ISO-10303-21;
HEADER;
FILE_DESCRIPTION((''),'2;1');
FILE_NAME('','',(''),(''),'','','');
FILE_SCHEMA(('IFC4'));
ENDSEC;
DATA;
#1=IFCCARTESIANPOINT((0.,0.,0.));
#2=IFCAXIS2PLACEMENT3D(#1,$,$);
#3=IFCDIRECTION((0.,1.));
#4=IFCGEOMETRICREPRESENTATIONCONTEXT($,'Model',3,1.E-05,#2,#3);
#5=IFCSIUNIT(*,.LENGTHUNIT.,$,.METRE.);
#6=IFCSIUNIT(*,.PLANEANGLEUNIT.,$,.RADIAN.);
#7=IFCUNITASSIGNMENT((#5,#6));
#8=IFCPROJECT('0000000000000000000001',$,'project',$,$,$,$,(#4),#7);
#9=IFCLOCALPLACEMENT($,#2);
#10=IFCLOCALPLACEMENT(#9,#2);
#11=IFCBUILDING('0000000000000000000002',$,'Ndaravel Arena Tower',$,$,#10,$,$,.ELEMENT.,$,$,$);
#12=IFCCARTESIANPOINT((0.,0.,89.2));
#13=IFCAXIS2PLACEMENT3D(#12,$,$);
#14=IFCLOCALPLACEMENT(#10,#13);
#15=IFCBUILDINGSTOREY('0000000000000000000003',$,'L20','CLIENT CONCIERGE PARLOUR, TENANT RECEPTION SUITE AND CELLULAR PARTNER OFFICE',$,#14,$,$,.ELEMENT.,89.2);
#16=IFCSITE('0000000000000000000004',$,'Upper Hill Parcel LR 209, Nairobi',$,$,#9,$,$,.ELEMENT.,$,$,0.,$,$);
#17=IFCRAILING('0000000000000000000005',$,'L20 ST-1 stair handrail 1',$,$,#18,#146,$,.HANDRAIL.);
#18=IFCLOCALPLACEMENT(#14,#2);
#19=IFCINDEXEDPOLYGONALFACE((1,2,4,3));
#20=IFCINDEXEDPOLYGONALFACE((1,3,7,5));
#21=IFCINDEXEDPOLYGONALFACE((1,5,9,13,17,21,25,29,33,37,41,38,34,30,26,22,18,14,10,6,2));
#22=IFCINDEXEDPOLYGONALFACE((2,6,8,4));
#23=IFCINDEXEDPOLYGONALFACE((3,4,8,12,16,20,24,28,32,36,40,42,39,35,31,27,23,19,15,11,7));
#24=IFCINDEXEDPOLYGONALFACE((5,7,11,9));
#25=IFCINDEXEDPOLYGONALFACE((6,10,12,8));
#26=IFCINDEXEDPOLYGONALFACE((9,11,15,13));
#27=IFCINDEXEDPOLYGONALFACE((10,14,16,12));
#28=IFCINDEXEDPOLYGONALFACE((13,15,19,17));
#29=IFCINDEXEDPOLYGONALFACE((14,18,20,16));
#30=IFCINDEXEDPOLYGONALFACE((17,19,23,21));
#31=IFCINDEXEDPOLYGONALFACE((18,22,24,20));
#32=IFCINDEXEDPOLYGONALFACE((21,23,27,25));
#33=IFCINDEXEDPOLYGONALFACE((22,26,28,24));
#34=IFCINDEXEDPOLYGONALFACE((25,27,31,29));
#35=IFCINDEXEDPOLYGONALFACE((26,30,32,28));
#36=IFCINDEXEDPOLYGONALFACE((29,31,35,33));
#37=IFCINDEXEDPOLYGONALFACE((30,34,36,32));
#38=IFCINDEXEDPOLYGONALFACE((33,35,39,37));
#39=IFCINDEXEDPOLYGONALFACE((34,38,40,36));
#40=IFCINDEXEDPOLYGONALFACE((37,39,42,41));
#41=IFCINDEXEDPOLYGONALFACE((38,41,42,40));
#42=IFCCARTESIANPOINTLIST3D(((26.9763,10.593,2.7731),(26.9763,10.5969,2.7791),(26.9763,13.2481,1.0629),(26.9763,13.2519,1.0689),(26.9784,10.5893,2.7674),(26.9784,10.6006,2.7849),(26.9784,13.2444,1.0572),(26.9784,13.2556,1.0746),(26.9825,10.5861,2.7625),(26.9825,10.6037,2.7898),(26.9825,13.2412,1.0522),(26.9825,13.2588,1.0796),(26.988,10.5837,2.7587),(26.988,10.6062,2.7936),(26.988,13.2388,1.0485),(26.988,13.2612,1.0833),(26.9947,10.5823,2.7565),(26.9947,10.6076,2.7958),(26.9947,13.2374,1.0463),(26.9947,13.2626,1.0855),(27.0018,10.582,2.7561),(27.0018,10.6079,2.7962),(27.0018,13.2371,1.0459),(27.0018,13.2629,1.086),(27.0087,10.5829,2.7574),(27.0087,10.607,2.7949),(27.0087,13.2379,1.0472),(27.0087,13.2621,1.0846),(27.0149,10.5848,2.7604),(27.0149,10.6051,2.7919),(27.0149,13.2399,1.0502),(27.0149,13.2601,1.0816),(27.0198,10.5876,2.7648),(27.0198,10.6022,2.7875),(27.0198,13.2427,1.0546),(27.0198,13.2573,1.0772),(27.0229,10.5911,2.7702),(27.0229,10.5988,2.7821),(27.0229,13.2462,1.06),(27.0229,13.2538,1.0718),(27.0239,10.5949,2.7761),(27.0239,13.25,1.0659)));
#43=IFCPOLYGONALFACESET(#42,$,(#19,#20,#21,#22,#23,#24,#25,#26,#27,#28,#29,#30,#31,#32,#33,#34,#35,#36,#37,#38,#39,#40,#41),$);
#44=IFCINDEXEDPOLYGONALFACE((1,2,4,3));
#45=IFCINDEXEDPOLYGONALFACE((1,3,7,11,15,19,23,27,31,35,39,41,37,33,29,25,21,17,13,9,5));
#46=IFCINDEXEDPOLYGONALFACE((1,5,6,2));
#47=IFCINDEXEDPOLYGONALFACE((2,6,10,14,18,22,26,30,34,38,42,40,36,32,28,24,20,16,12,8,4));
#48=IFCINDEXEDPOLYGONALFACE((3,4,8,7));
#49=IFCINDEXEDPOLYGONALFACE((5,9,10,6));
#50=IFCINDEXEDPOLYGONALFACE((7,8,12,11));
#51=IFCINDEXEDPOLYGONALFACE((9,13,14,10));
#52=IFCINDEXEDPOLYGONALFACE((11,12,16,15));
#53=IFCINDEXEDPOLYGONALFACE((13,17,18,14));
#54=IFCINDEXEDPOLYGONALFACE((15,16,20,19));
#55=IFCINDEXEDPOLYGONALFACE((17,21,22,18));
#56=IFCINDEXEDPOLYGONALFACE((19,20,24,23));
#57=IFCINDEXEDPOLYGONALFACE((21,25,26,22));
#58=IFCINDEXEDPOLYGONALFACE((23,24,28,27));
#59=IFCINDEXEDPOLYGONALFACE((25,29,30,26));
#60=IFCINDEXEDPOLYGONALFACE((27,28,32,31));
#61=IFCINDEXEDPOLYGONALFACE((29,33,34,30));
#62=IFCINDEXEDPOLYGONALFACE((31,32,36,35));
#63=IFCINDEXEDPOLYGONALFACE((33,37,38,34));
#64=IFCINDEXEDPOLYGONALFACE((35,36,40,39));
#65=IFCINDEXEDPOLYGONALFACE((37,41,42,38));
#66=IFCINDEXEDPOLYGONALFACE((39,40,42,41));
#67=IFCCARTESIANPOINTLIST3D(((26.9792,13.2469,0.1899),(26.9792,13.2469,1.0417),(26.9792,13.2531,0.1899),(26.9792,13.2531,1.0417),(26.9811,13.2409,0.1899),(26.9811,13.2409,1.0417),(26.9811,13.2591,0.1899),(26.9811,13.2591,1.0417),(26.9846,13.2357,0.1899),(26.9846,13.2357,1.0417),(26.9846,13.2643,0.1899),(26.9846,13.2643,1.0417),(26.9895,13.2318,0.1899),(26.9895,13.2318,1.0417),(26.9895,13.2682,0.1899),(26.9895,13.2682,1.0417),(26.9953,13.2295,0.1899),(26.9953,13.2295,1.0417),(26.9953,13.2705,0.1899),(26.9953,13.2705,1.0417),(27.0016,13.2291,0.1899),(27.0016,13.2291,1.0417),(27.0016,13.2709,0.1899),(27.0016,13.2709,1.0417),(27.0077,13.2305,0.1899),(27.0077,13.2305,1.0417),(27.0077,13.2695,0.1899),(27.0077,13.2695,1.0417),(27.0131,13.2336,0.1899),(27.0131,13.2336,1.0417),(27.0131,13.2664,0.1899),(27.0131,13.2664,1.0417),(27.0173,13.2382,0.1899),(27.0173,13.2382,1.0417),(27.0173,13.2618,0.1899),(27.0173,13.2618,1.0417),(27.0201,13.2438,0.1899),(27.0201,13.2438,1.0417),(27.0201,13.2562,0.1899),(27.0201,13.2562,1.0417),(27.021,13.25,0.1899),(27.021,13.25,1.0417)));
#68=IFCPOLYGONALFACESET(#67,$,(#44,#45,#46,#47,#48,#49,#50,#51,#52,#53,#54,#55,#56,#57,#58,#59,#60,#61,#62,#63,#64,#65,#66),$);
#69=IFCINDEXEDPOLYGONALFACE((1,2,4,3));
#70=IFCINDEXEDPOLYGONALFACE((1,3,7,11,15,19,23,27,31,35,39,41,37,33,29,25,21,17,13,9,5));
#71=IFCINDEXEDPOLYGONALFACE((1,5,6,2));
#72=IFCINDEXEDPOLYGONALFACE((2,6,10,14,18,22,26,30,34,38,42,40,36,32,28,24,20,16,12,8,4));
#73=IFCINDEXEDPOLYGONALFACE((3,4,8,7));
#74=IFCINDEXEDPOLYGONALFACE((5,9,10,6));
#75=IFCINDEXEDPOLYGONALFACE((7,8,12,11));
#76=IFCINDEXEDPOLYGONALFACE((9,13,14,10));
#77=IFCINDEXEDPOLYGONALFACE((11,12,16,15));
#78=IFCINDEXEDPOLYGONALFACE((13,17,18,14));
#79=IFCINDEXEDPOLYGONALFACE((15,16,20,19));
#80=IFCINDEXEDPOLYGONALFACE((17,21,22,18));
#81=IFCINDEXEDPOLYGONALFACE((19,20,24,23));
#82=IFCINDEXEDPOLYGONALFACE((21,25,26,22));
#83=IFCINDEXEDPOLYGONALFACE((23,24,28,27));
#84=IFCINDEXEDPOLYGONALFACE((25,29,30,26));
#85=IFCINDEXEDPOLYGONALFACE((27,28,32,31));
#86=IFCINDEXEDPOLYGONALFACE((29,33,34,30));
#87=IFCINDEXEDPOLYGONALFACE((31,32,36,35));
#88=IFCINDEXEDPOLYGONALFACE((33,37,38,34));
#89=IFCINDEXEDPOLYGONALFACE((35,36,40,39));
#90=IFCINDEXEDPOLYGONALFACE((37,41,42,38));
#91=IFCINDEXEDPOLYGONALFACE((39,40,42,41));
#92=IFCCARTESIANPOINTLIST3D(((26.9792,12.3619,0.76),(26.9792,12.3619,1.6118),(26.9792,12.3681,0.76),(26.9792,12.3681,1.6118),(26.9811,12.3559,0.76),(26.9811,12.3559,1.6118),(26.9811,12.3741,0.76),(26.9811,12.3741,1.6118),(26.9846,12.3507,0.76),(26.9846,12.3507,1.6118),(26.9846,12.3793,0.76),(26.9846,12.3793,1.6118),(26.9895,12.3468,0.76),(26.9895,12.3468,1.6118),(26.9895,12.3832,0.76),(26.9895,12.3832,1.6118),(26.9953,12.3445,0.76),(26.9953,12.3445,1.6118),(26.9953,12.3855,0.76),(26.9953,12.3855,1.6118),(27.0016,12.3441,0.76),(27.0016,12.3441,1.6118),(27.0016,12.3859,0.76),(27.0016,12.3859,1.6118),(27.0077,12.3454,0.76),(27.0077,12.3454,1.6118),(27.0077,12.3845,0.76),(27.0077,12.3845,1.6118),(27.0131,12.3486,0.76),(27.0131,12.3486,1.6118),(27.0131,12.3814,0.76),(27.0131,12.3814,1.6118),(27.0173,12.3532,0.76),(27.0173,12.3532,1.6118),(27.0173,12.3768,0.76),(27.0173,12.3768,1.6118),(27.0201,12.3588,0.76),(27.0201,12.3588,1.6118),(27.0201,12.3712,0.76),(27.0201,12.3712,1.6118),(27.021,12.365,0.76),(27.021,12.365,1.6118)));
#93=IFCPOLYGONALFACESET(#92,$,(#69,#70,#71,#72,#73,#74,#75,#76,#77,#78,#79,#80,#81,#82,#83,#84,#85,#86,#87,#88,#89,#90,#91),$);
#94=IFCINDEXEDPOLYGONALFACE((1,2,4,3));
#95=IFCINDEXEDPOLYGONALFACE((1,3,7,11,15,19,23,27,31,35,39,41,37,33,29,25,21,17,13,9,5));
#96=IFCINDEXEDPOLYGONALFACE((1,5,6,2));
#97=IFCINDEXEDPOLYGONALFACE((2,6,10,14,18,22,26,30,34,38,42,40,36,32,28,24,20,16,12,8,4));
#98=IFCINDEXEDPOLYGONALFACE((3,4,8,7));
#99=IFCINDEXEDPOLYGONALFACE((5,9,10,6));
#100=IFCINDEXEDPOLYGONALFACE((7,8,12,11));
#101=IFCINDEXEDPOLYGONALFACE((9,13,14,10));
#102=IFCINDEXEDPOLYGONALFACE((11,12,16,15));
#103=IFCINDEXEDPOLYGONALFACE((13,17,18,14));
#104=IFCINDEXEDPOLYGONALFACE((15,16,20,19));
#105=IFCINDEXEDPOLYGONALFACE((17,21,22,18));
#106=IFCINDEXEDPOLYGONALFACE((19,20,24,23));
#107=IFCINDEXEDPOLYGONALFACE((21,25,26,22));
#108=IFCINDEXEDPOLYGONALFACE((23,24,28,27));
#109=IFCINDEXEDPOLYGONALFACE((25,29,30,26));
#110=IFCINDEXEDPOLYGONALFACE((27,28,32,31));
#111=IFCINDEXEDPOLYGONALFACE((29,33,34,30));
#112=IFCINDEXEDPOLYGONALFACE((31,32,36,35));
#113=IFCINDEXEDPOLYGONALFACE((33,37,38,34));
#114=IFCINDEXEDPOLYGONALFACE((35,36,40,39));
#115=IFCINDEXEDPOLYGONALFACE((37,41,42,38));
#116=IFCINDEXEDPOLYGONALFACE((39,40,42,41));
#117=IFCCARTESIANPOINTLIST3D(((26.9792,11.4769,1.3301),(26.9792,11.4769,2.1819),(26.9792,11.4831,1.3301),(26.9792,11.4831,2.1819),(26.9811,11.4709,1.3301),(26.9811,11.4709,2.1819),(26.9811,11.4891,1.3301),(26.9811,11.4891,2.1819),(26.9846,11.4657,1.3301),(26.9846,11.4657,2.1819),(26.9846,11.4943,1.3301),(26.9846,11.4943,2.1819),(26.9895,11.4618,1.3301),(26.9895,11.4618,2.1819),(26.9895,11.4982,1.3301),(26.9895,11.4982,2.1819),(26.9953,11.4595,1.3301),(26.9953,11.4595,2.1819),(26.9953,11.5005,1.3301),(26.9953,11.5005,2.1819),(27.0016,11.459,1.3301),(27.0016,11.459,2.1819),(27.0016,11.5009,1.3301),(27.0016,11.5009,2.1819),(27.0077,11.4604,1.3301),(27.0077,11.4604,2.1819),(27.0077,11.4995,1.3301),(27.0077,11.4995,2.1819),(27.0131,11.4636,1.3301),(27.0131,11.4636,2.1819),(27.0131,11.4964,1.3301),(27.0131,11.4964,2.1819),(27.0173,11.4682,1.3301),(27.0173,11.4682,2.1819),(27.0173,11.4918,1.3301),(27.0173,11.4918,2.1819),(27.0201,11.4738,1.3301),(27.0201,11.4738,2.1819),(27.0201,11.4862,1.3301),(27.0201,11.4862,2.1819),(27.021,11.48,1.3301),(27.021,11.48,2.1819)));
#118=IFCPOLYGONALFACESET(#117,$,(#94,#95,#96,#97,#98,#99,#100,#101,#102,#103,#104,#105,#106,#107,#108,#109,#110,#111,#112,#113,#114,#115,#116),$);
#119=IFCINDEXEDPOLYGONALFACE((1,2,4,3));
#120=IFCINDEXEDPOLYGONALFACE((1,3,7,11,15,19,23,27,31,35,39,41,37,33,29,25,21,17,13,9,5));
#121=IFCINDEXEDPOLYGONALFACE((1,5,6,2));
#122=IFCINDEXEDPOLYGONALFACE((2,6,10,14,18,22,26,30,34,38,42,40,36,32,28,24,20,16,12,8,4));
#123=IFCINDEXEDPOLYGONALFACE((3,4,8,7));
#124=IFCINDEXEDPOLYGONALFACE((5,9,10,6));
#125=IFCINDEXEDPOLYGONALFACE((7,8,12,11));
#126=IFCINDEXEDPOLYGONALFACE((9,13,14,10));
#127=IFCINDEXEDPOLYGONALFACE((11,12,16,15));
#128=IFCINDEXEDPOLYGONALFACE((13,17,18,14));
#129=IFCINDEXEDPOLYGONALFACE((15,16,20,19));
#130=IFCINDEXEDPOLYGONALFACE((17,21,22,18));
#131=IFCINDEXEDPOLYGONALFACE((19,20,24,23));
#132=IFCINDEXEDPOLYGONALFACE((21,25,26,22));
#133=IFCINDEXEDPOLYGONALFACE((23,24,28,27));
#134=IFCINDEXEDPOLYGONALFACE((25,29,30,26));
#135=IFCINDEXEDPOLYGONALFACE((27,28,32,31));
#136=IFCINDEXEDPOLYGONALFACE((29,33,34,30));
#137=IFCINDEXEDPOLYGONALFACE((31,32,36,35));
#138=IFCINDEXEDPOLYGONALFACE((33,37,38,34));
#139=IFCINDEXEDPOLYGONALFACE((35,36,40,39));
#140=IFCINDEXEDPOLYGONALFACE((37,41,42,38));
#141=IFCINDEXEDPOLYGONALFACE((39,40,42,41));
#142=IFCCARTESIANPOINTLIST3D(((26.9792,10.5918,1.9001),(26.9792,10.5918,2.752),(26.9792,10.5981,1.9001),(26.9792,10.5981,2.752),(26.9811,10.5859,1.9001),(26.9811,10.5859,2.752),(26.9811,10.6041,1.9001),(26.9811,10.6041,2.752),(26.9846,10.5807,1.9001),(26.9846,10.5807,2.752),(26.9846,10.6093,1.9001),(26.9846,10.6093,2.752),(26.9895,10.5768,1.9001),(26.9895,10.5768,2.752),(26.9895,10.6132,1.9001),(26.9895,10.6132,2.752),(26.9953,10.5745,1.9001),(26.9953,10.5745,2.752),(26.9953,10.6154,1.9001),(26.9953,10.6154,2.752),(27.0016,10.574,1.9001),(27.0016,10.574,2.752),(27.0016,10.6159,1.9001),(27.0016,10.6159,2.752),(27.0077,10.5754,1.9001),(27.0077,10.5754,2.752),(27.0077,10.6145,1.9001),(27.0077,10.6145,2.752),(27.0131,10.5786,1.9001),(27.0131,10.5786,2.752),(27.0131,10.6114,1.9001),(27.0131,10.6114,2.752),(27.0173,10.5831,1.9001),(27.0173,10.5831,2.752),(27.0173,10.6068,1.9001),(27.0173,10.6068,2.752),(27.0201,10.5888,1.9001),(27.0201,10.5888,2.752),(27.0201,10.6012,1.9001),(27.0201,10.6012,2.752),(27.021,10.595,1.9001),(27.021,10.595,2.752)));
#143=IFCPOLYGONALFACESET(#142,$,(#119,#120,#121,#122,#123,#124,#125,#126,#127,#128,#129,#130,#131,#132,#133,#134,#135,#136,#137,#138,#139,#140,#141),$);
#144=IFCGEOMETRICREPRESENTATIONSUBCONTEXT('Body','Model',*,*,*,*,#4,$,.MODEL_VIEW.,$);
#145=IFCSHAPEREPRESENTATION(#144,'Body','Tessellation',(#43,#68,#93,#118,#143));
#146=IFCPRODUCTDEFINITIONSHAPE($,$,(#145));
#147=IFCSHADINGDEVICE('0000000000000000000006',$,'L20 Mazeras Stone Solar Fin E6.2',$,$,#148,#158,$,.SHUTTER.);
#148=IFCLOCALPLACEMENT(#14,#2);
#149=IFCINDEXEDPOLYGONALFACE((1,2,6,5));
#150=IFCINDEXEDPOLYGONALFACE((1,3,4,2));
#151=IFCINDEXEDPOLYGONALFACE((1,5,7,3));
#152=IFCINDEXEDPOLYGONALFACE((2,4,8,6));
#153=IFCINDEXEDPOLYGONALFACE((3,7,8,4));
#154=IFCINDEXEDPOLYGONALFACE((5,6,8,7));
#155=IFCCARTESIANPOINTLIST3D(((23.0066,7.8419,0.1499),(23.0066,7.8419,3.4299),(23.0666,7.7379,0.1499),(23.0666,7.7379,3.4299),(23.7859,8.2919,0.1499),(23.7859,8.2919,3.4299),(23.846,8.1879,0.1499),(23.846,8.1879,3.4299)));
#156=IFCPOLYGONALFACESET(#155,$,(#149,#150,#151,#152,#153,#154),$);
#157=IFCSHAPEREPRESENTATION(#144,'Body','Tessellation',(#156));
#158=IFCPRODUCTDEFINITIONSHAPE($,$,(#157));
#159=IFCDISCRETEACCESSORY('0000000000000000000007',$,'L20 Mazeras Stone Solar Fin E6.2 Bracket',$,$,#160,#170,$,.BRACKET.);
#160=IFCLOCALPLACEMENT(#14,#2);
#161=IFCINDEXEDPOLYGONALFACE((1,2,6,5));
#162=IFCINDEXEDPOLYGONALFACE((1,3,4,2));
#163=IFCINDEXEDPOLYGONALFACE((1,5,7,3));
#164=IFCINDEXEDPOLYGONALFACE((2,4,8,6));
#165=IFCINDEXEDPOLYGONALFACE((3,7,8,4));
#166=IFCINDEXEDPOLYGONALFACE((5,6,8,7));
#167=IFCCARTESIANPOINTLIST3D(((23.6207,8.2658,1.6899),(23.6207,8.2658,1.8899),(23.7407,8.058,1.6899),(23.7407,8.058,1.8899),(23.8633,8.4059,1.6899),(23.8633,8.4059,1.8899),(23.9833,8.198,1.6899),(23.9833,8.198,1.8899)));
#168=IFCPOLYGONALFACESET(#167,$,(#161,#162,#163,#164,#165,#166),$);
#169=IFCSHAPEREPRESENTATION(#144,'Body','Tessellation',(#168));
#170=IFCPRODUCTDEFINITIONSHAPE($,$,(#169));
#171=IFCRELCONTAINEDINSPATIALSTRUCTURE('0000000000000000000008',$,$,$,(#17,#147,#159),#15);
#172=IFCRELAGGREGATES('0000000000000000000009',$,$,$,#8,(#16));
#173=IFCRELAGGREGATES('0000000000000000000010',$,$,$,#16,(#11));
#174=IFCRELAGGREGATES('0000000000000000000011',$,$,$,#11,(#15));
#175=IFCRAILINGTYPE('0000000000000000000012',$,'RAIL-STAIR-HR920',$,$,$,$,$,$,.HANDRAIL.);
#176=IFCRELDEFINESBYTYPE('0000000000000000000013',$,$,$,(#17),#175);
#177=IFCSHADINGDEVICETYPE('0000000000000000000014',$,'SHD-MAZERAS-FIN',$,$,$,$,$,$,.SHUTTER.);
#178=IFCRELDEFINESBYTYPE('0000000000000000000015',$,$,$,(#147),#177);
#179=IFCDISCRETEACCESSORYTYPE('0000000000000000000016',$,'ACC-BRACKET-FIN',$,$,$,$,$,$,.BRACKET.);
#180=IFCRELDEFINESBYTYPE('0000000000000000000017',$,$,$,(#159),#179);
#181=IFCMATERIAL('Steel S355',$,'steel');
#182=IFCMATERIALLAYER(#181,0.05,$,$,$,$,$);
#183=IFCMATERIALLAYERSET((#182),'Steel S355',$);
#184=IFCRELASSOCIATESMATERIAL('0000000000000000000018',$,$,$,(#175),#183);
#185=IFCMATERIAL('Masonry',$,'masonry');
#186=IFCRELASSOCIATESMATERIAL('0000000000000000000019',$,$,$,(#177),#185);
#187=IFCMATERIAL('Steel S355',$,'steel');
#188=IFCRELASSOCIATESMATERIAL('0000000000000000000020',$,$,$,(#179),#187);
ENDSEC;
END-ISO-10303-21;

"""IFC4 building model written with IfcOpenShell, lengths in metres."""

from ifc_helpers import new_model, si_unit, direction, frame, origin, origin_2d, place, context, subcontext, project, spatial, rectangle, circle, extrude, material, layer, layer_set, type_object, element, save


model = new_model("IFC4")

# Units and contexts
model_context = context("Model", 3, precision=1e-05, world=origin(), true_north=direction((0.0, 1.0)))
body_context = subcontext(model_context, "Body", "Model", "MODEL_VIEW")
ifc_project = project(units=[si_unit("LENGTHUNIT", "METRE"), si_unit("PLANEANGLEUNIT", "RADIAN")], contexts=[model_context])

# Site, building, storey
site_placement = place(None, origin())
site = spatial("IfcSite", under=ifc_project, at=site_placement, Name="Upper Hill Parcel LR 209, Nairobi", CompositionType="ELEMENT", RefElevation=0.0)
building_placement = place(site_placement, origin())
building = spatial("IfcBuilding", under=site, at=building_placement, Name="Ndaravel Arena Tower", CompositionType="ELEMENT")
storey_placement = place(building_placement, frame((0.0, 0.0, 89.2)))
storey = spatial("IfcBuildingStorey", under=building, at=storey_placement, Name="L20", Description="CLIENT CONCIERGE PARLOUR, TENANT RECEPTION SUITE AND CELLULAR PARTNER OFFICE", CompositionType="ELEMENT", Elevation=89.2)

# Railing
ifc_material_1 = material(Name="Steel S355", Category="steel")
ifc_layer_1 = layer(ifc_material_1, 0.05)
ifc_layer_set_1 = layer_set([ifc_layer_1], Name="Steel S355")
railing_type_1 = type_object("IfcRailingType", Name="RAIL-STAIR-HR920", PredefinedType="HANDRAIL", material=ifc_layer_set_1)
railing_1_placement = place(storey_placement, frame((27.0, 13.25, 0.1899)))
element("IfcRailing", 1, at=railing_1_placement, inside=storey, type_object=railing_type_1, Name="L20 ST-1 stair handrail 1", PredefinedType="HANDRAIL", context=body_context, shape_type="SweptSolid", body=[
    extrude(circle(Radius=0.0239, at=origin_2d()), frame((0.0, 0.0, 0.876), z_axis=(0.0, -0.840688, 0.541519), x_axis=(1.0, 0.0, 0.0)), (0.0, 0.0, 1.0), 3.1582),
    extrude(circle(Radius=0.021, at=origin_2d()), origin(), (0.0, 0.0, 1.0), 0.8518),
    extrude(circle(Radius=0.021, at=origin_2d()), frame((0.0, -0.885, 0.5701)), (0.0, 0.0, 1.0), 0.8518),
    extrude(circle(Radius=0.021, at=origin_2d()), frame((0.0, -1.77, 1.1401)), (0.0, 0.0, 1.0), 0.8518),
    extrude(circle(Radius=0.021, at=origin_2d()), frame((0.0, -2.655, 1.7102)), (0.0, 0.0, 1.0), 0.8518),
])

# Shading device
ifc_material_2 = material(Name="Masonry", Category="masonry")
shading_device_type = type_object("IfcShadingDeviceType", Name="SHD-MAZERAS-FIN", PredefinedType="SHUTTER", material=ifc_material_2)
shading_device_placement = place(storey_placement, frame((23.4263, 8.0149, 0.1499), z_axis=(0.0, 0.0, 1.0), x_axis=(-0.866025, -0.5, 0.0)))
element("IfcShadingDevice", 2, at=shading_device_placement, inside=storey, type_object=shading_device_type, Name="L20 Mazeras Stone Solar Fin E6.2", PredefinedType="SHUTTER", context=body_context, shape_type="SweptSolid", body=[
    extrude(rectangle(XDim=0.8999, YDim=0.1201, at=origin_2d()), origin(), (0.0, 0.0, 1.0), 3.28),
])

# Discrete accessory
ifc_material_3 = material(Name="Steel S355", Category="steel")
discrete_accessory_type = type_object("IfcDiscreteAccessoryType", Name="ACC-BRACKET-FIN", PredefinedType="BRACKET", material=ifc_material_3)
discrete_accessory_placement = place(storey_placement, frame((23.802, 8.2319, 1.6899), z_axis=(0.0, 0.0, 1.0), x_axis=(-0.866025, -0.5, 0.0)))
element("IfcDiscreteAccessory", 3, at=discrete_accessory_placement, inside=storey, type_object=discrete_accessory_type, Name="L20 Mazeras Stone Solar Fin E6.2 Bracket", PredefinedType="BRACKET", context=body_context, shape_type="SweptSolid", body=[
    extrude(rectangle(XDim=0.28, YDim=0.24, at=origin_2d()), origin(), (0.0, 0.0, 1.0), 0.2),
])

save(model, "model.ifc")
